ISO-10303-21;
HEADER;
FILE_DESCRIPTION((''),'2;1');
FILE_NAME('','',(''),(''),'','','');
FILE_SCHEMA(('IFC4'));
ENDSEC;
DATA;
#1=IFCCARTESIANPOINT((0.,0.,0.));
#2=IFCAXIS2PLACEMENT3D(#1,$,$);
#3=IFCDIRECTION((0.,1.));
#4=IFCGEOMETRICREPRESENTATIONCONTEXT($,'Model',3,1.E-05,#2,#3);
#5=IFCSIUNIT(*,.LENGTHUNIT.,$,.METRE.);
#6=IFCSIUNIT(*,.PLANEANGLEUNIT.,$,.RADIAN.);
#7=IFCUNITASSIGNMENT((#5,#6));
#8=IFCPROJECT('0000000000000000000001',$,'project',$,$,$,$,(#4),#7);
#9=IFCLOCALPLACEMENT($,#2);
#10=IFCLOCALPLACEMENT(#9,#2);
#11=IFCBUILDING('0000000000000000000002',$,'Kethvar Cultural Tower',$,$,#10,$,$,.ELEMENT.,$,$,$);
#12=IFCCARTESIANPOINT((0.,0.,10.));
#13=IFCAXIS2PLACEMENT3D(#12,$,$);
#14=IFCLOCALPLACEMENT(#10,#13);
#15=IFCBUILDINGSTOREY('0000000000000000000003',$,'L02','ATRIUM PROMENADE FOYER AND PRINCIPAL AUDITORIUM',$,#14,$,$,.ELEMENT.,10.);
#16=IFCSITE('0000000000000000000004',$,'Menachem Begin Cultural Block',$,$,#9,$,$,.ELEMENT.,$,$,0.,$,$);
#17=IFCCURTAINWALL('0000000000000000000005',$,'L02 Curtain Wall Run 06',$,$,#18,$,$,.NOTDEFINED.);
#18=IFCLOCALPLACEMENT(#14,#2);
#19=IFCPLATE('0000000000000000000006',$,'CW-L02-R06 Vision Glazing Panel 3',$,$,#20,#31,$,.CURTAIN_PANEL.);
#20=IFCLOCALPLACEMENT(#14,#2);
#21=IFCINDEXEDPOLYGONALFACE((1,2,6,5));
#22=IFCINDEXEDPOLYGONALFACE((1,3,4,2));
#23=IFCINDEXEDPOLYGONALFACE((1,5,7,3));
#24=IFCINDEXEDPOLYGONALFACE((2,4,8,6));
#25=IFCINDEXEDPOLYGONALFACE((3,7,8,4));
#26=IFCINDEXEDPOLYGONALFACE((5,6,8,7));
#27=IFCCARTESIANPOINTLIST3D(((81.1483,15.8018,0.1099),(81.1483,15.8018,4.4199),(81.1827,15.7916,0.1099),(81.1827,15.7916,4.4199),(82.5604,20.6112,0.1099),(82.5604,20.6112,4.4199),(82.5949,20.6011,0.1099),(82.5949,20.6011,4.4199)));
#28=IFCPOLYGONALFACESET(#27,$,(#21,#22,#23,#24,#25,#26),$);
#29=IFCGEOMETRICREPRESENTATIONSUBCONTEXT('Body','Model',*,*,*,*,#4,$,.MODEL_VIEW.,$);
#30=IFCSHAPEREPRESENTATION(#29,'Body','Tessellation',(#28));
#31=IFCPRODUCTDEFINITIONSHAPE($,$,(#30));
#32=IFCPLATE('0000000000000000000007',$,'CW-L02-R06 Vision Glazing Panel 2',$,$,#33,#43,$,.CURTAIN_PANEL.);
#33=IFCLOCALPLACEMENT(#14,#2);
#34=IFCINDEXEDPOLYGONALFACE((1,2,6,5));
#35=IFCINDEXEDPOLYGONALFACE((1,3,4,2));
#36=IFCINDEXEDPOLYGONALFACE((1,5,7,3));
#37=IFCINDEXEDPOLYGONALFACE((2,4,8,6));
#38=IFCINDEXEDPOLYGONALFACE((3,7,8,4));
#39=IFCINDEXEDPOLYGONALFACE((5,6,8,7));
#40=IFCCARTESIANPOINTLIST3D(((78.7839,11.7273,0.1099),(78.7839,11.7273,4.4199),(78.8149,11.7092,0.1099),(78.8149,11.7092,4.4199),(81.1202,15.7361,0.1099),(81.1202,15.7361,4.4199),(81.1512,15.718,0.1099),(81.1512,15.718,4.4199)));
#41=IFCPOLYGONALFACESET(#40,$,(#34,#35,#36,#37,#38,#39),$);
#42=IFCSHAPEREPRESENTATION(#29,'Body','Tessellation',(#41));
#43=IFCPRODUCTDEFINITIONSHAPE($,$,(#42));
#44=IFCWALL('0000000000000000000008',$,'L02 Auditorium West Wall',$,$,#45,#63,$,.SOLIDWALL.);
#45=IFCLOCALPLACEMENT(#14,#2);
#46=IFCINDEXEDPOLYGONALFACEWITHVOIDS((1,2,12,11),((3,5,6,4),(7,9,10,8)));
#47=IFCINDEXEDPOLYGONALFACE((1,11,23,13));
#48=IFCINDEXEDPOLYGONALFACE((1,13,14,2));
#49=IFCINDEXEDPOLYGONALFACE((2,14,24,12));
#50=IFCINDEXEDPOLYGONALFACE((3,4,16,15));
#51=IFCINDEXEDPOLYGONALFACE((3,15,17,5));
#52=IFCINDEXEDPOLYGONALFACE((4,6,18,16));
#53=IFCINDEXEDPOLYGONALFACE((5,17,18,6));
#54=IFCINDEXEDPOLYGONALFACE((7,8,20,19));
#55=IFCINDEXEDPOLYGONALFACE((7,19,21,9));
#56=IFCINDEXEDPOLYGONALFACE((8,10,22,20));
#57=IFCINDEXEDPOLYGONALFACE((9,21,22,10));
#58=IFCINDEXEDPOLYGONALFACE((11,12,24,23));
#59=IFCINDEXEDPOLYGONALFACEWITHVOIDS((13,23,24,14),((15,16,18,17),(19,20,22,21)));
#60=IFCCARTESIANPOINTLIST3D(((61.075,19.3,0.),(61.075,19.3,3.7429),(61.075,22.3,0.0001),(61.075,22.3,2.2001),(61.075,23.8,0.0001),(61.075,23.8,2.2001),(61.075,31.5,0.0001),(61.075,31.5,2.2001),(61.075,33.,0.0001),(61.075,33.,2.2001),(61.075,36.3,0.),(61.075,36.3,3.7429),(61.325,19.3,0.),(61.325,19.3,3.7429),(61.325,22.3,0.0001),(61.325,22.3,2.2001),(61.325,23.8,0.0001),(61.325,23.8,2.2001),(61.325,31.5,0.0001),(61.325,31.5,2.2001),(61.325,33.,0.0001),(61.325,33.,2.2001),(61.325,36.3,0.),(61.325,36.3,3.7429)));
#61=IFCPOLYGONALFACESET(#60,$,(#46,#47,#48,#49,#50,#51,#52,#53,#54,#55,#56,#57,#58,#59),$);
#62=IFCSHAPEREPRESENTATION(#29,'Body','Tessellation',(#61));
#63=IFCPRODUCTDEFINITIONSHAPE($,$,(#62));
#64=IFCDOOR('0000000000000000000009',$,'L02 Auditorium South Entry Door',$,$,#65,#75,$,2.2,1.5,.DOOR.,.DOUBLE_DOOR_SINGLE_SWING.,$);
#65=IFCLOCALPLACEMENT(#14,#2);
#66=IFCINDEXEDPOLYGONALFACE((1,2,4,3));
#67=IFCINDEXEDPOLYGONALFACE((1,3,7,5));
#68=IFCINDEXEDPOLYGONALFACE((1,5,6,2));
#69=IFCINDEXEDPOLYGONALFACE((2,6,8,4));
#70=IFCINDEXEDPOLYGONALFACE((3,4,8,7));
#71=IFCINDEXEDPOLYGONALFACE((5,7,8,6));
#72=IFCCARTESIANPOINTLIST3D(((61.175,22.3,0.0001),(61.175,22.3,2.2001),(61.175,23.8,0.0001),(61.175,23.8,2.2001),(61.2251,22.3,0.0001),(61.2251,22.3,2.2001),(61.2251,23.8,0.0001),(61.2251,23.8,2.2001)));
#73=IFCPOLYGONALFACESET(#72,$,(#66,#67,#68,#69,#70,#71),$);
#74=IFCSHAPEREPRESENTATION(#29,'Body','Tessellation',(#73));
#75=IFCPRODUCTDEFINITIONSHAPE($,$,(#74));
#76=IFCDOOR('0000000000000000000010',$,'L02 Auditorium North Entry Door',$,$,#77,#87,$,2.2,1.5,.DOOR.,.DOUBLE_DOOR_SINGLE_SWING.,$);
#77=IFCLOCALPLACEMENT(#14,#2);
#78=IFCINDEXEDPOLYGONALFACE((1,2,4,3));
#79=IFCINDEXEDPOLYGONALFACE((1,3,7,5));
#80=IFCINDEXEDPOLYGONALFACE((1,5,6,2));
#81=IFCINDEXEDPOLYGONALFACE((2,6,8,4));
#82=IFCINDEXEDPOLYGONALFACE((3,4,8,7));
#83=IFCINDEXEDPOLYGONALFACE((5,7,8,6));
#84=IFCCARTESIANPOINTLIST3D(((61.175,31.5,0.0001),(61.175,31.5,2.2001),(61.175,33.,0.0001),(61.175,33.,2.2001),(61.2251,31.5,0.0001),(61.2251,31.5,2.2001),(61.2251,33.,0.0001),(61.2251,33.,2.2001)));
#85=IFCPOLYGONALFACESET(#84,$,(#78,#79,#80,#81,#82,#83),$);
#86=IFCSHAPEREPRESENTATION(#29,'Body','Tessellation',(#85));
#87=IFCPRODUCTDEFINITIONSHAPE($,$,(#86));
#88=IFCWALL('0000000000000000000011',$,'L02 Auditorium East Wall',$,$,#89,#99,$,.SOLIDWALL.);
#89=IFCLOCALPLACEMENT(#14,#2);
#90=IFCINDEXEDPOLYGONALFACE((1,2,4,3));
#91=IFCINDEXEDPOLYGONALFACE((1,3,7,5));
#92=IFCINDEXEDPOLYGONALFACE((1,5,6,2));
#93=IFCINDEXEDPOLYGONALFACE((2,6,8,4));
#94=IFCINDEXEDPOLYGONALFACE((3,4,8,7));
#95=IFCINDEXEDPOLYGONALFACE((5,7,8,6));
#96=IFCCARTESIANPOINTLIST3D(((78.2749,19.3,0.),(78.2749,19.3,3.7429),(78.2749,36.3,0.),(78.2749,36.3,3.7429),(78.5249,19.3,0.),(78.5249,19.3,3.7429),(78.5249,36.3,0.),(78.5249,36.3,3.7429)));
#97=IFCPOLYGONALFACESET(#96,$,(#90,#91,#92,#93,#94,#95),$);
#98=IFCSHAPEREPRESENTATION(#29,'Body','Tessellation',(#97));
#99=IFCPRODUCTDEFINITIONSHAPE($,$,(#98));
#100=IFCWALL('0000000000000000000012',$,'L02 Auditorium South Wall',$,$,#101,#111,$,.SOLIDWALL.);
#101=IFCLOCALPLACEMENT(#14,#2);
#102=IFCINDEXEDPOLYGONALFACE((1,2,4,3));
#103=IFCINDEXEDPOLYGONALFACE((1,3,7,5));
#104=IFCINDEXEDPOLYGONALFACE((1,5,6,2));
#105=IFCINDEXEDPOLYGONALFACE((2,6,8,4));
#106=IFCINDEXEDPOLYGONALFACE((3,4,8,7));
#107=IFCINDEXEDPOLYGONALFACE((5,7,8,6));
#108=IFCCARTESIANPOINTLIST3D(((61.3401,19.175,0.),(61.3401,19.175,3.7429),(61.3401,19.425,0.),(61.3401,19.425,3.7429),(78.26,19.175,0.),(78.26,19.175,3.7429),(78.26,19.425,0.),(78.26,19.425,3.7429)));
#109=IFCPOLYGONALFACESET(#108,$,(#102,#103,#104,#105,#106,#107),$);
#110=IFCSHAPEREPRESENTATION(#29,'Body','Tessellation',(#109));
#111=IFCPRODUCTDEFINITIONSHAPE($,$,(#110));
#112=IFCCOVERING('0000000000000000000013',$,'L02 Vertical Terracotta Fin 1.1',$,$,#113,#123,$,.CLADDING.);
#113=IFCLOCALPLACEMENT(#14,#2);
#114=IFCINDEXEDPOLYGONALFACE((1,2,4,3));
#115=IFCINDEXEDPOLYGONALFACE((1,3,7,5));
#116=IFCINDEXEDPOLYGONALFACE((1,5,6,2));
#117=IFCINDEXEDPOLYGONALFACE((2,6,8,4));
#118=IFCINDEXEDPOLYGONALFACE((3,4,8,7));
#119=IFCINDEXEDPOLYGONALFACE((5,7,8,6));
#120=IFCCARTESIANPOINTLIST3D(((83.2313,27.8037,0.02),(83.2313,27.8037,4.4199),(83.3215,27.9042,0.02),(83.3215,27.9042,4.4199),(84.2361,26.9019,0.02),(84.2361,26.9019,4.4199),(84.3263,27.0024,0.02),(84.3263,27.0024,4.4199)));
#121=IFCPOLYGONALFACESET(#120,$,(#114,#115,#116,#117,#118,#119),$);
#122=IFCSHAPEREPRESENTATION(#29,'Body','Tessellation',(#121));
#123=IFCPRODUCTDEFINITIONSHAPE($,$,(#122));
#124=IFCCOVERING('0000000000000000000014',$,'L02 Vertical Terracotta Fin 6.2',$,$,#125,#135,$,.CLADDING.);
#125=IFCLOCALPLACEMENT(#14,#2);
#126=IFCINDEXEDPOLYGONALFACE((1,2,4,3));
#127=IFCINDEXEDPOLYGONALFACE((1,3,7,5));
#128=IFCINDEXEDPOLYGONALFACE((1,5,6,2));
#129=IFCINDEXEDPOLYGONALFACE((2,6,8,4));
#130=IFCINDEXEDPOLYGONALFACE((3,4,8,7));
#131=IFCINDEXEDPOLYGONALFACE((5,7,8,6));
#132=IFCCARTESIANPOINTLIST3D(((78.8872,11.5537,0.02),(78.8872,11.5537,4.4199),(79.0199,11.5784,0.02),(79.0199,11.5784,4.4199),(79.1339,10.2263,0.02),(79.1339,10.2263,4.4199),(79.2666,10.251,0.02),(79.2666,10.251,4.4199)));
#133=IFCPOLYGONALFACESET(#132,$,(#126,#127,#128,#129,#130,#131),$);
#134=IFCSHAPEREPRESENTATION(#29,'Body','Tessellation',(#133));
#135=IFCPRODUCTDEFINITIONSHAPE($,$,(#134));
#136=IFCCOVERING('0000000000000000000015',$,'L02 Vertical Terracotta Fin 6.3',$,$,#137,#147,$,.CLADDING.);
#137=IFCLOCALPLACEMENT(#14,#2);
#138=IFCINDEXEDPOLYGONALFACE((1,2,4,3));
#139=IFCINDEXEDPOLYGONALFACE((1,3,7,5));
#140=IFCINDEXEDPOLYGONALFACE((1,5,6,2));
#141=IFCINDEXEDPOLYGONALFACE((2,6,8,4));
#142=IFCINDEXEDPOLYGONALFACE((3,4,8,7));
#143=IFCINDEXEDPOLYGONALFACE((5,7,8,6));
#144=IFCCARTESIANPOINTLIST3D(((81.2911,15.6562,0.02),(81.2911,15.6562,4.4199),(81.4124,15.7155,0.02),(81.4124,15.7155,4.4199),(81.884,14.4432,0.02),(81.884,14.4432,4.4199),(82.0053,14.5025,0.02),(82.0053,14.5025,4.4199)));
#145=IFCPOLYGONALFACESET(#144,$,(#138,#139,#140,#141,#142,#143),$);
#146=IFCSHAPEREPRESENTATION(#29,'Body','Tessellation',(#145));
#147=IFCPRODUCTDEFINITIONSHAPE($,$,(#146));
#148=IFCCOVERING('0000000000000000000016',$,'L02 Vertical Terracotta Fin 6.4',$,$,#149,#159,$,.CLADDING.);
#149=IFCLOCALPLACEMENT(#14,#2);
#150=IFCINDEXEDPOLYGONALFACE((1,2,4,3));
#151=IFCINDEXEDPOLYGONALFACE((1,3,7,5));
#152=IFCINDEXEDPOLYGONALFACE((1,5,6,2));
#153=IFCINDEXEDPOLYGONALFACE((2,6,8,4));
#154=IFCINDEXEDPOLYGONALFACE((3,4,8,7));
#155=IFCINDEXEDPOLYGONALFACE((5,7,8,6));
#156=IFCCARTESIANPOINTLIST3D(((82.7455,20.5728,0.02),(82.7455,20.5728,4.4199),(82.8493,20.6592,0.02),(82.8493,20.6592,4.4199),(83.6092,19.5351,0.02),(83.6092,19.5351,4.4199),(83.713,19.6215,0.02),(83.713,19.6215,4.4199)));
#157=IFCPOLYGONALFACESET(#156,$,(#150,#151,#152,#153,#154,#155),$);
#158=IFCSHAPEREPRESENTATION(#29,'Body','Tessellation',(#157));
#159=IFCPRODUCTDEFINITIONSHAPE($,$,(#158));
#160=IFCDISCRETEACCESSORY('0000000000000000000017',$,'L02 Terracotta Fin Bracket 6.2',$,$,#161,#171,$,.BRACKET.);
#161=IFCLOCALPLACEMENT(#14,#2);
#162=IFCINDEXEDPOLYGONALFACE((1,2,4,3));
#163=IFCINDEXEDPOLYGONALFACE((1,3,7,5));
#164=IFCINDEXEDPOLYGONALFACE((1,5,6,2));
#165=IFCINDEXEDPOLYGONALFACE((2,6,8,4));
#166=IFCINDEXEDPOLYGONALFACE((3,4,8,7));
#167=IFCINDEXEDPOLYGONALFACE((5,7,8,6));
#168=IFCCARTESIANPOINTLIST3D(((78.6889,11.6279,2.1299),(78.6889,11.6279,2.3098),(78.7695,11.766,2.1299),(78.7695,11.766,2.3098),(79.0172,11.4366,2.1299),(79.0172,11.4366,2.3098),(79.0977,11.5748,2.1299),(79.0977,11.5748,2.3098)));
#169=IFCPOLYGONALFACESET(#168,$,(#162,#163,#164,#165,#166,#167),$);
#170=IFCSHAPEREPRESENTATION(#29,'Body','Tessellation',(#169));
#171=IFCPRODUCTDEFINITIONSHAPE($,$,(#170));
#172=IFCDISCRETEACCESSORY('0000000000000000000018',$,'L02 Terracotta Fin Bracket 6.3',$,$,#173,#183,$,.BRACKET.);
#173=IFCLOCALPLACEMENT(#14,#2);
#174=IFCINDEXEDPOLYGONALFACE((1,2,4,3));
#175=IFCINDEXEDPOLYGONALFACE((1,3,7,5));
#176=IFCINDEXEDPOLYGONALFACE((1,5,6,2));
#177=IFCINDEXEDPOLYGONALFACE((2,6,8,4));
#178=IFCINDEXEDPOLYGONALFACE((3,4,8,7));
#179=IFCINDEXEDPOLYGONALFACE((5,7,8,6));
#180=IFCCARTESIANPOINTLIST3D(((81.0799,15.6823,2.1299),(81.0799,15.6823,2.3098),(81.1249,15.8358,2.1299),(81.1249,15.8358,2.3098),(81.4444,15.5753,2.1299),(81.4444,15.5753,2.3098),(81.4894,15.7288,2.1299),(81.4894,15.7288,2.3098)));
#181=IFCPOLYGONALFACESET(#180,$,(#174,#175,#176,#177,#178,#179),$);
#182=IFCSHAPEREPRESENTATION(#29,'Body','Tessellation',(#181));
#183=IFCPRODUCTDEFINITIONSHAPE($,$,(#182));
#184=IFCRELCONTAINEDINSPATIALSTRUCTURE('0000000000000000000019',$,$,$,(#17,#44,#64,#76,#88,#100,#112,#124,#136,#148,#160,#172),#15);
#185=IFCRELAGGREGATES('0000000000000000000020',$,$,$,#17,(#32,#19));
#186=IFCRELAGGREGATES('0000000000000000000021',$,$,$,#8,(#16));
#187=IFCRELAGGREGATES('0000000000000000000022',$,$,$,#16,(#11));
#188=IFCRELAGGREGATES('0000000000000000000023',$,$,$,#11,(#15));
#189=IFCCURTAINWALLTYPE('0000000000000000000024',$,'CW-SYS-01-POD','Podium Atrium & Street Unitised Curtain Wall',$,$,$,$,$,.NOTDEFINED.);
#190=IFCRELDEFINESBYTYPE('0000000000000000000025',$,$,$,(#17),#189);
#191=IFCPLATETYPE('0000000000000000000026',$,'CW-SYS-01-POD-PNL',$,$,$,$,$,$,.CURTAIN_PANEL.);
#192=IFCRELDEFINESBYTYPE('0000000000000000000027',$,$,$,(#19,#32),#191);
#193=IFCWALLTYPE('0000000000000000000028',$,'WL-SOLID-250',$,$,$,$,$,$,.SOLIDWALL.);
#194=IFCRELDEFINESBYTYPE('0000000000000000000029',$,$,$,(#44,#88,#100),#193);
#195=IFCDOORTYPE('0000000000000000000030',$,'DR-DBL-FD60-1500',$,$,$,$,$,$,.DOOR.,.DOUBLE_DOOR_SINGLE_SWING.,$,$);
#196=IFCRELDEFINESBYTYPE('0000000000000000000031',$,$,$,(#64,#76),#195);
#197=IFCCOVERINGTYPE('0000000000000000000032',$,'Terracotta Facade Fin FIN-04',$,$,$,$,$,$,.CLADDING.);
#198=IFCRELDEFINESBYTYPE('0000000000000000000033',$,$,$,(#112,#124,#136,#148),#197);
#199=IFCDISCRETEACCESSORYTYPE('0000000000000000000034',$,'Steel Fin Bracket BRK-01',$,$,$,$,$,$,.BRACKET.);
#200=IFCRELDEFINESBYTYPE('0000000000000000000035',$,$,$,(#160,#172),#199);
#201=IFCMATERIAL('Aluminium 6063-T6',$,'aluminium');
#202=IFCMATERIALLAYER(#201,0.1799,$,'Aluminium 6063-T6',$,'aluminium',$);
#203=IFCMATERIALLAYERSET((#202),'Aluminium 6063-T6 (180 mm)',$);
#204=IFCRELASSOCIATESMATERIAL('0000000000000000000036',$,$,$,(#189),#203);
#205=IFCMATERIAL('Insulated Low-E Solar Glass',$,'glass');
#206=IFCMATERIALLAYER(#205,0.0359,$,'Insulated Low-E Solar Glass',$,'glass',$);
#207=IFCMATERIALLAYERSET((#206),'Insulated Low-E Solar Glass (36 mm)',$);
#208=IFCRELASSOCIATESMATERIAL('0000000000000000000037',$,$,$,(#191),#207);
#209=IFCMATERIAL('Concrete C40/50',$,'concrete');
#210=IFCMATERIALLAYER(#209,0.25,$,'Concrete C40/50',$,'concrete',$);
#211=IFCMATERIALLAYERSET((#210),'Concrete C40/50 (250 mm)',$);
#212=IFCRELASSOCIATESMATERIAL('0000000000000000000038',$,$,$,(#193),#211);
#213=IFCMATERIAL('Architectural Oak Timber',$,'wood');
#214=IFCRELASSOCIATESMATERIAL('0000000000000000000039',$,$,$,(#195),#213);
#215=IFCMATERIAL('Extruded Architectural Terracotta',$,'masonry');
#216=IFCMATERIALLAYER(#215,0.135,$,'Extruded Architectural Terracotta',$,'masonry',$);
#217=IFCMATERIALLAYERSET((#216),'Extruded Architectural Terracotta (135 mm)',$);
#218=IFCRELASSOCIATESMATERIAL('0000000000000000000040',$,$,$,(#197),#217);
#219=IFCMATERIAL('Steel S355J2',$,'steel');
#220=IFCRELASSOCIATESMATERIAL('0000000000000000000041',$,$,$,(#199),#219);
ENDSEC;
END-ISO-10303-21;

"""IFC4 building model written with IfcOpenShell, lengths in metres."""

from ifc_helpers import new_model, si_unit, direction, frame, frame_2d, origin, origin_2d, place, context, subcontext, project, spatial, rectangle, extrude, source, transform, mapped, material, layer, layer_set, type_object, element, fill, aggregate, save


model = new_model("IFC4")

# Units and contexts
model_context = context("Model", 3, precision=1e-05, world=origin(), true_north=direction((0.0, 1.0)))
body_context = subcontext(model_context, "Body", "Model", "MODEL_VIEW")
ifc_project = project(units=[si_unit("LENGTHUNIT", "METRE"), si_unit("PLANEANGLEUNIT", "RADIAN")], contexts=[model_context])

# Site, building, storey
site_placement = place(None, origin())
site = spatial("IfcSite", under=ifc_project, at=site_placement, Name="Menachem Begin Cultural Block", CompositionType="ELEMENT", RefElevation=0.0)
building_placement = place(site_placement, origin())
building = spatial("IfcBuilding", under=site, at=building_placement, Name="Kethvar Cultural Tower", CompositionType="ELEMENT")
storey_placement = place(building_placement, frame((0.0, 0.0, 10.0)))
storey = spatial("IfcBuildingStorey", under=building, at=storey_placement, Name="L02", Description="ATRIUM PROMENADE FOYER AND PRINCIPAL AUDITORIUM", CompositionType="ELEMENT", Elevation=10.0)

# Shared definitions
ifc_material_1 = material(Name="Steel S355J2", Category="steel")

# Curtain wall, plates
ifc_material_2 = material(Name="Aluminium 6063-T6", Category="aluminium")
ifc_layer_1 = layer(ifc_material_2, 0.1799, Name="Aluminium 6063-T6", Category="aluminium")
ifc_layer_set_1 = layer_set([ifc_layer_1], Name="Aluminium 6063-T6 (180 mm)")
curtain_wall_type = type_object("IfcCurtainWallType", Name="CW-SYS-01-POD", Description="Podium Atrium & Street Unitised Curtain Wall", PredefinedType="NOTDEFINED", material=ifc_layer_set_1)
curtain_wall_placement = place(storey_placement, origin())
curtain_wall = element("IfcCurtainWall", 1, at=curtain_wall_placement, inside=storey, type_object=curtain_wall_type, Name="L02 Curtain Wall Run 06", PredefinedType="NOTDEFINED")
ifc_material_3 = material(Name="Insulated Low-E Solar Glass", Category="glass")
ifc_layer_2 = layer(ifc_material_3, 0.0359, Name="Insulated Low-E Solar Glass", Category="glass")
ifc_layer_set_2 = layer_set([ifc_layer_2], Name="Insulated Low-E Solar Glass (36 mm)")
plate_type = type_object("IfcPlateType", Name="CW-SYS-01-POD-PNL", PredefinedType="CURTAIN_PANEL", material=ifc_layer_set_2)
shared_shape_1 = source(origin(), body_context, "Body", "SweptSolid", [
    extrude(rectangle(XDim=5.0125, YDim=0.0359, at=origin_2d()), origin(), (0.0, 0.0, 1.0), 4.3101),
])
plate_1_placement = place(storey_placement, frame((81.8716, 18.2014, 0.1099), z_axis=(0.0, 0.0, 1.0), x_axis=(0.281722, 0.959496, 0.0)))
plate_1 = element("IfcPlate", 2, at=plate_1_placement, type_object=plate_type, Name="CW-L02-R06 Vision Glazing Panel 3", PredefinedType="CURTAIN_PANEL", context=body_context, shape_type="MappedRepresentation", body=[
    mapped(shared_shape_1, transform((0.0, 0.0, 0.0), scale=1.0)),
])
shared_shape_2 = source(origin(), body_context, "Body", "SweptSolid", [
    extrude(rectangle(XDim=4.6399, YDim=0.0359, at=origin_2d()), origin(), (0.0, 0.0, 1.0), 4.3101),
])
plate_2_placement = place(storey_placement, frame((79.9675, 13.7227, 0.1099), z_axis=(0.0, 0.0, 1.0), x_axis=(0.503518, 0.863985, 0.0)))
plate_2 = element("IfcPlate", 3, at=plate_2_placement, type_object=plate_type, Name="CW-L02-R06 Vision Glazing Panel 2", PredefinedType="CURTAIN_PANEL", context=body_context, shape_type="MappedRepresentation", body=[
    mapped(shared_shape_2, transform((0.0, 0.0, 0.0), scale=1.0)),
])
aggregate(curtain_wall, [plate_2, plate_1])

# Wall, openings, doors
ifc_material_4 = material(Name="Concrete C40/50", Category="concrete")
ifc_layer_3 = layer(ifc_material_4, 0.25, Name="Concrete C40/50", Category="concrete")
ifc_layer_set_3 = layer_set([ifc_layer_3], Name="Concrete C40/50 (250 mm)")
wall_type = type_object("IfcWallType", Name="WL-SOLID-250", PredefinedType="SOLIDWALL", material=ifc_layer_set_3)
wall_1_placement = place(storey_placement, frame((61.2, 19.3, 0.0), z_axis=(0.0, 0.0, 1.0), x_axis=(0.0, 1.0, 0.0)))
wall_1 = element("IfcWall", 4, at=wall_1_placement, inside=storey, type_object=wall_type, Name="L02 Auditorium West Wall", PredefinedType="SOLIDWALL", context=body_context, shape_type="SweptSolid", body=[
    extrude(rectangle(XDim=17.0, YDim=0.25, at=frame_2d((8.5, 0.0))), origin(), (0.0, 0.0, 1.0), 3.7429),
])
opening_1_placement = place(wall_1_placement, frame((3.0, 0.0, 0.0)))
opening_1 = element("IfcOpeningElement", 5, at=opening_1_placement, cuts=wall_1, PredefinedType="OPENING", context=body_context, shape_type="SweptSolid", body=[
    extrude(rectangle(XDim=1.5, YDim=2.2, at=frame_2d((0.75, 1.1001))), frame((0.0, 0.135, 0.0), z_axis=(0.0, -1.0, 0.0), x_axis=(1.0, 0.0, 0.0)), (0.0, 0.0, 1.0), 0.27),
])
opening_2_placement = place(wall_1_placement, frame((12.2, 0.0, 0.0)))
opening_2 = element("IfcOpeningElement", 6, at=opening_2_placement, cuts=wall_1, PredefinedType="OPENING", context=body_context, shape_type="SweptSolid", body=[
    extrude(rectangle(XDim=1.5, YDim=2.2, at=frame_2d((0.75, 1.1001))), frame((0.0, 0.135, 0.0), z_axis=(0.0, -1.0, 0.0), x_axis=(1.0, 0.0, 0.0)), (0.0, 0.0, 1.0), 0.27),
])
ifc_material_5 = material(Name="Architectural Oak Timber", Category="wood")
door_type = type_object("IfcDoorType", Name="DR-DBL-FD60-1500", OperationType="DOUBLE_DOOR_SINGLE_SWING", PredefinedType="DOOR", material=ifc_material_5)
shared_shape_3 = source(origin(), body_context, "Body", "SweptSolid", [
    extrude(rectangle(XDim=1.5, YDim=2.2, at=frame_2d((0.75, 1.1001))), frame((0.0, 0.0249, 0.0), z_axis=(0.0, -1.0, 0.0), x_axis=(1.0, 0.0, 0.0)), (0.0, 0.0, 1.0), 0.05),
])
door_1_placement = place(opening_1_placement, origin())
door_1 = element("IfcDoor", 7, at=door_1_placement, inside=storey, type_object=door_type, Name="L02 Auditorium South Entry Door", OperationType="DOUBLE_DOOR_SINGLE_SWING", OverallHeight=2.2, OverallWidth=1.5, PredefinedType="DOOR", context=body_context, shape_type="MappedRepresentation", body=[
    mapped(shared_shape_3, transform((0.0, 0.0, 0.0), scale=1.0)),
])
fill(opening_1, door_1)
door_2_placement = place(opening_2_placement, origin())
door_2 = element("IfcDoor", 8, at=door_2_placement, inside=storey, type_object=door_type, Name="L02 Auditorium North Entry Door", OperationType="DOUBLE_DOOR_SINGLE_SWING", OverallHeight=2.2, OverallWidth=1.5, PredefinedType="DOOR", context=body_context, shape_type="MappedRepresentation", body=[
    mapped(shared_shape_3, transform((0.0, 0.0, 0.0), scale=1.0)),
])
fill(opening_2, door_2)

# Walls
wall_2_placement = place(storey_placement, frame((78.3999, 19.3, 0.0), z_axis=(0.0, 0.0, 1.0), x_axis=(0.0, 1.0, 0.0)))
element("IfcWall", 9, at=wall_2_placement, inside=storey, type_object=wall_type, Name="L02 Auditorium East Wall", PredefinedType="SOLIDWALL", context=body_context, shape_type="SweptSolid", body=[
    extrude(rectangle(XDim=17.0, YDim=0.25, at=frame_2d((8.5, 0.0))), origin(), (0.0, 0.0, 1.0), 3.7429),
])
wall_3_placement = place(storey_placement, frame((61.3401, 19.3, 0.0), z_axis=(0.0, 0.0, 1.0), x_axis=(1.0, 0.0, 0.0)))
element("IfcWall", 10, at=wall_3_placement, inside=storey, type_object=wall_type, Name="L02 Auditorium South Wall", PredefinedType="SOLIDWALL", context=body_context, shape_type="SweptSolid", body=[
    extrude(rectangle(XDim=16.9199, YDim=0.25, at=frame_2d((8.46, 0.0))), origin(), (0.0, 0.0, 1.0), 3.7429),
])

# Coverings
ifc_material_6 = material(Name="Extruded Architectural Terracotta", Category="masonry")
ifc_layer_4 = layer(ifc_material_6, 0.135, Name="Extruded Architectural Terracotta", Category="masonry")
ifc_layer_set_4 = layer_set([ifc_layer_4], Name="Extruded Architectural Terracotta (135 mm)")
covering_type = type_object("IfcCoveringType", Name="Terracotta Facade Fin FIN-04", PredefinedType="CLADDING", material=ifc_layer_set_4)
shared_shape_4 = source(origin(), body_context, "Body", "SweptSolid", [
    extrude(rectangle(XDim=1.3501, YDim=0.135, at=origin_2d()), origin(), (0.0, 0.0, 1.0), 4.3999),
])
for number, where, z_axis, x_axis, name in (
    (11, (83.7788, 27.4031, 0.02), (0.0, 0.0, 1.0), (0.744195, -0.667962, 0.0), "L02 Vertical Terracotta Fin 1.1"),
    (12, (79.0769, 10.9023, 0.02), (0.0, 0.0, 1.0), (0.18275, -0.983159, 0.0), "L02 Vertical Terracotta Fin 6.2"),
    (13, (81.6482, 15.0793, 0.02), (0.0, 0.0, 1.0), (0.439155, -0.898411, 0.0), "L02 Vertical Terracotta Fin 6.3"),
    (14, (83.2292, 20.0972, 0.02), (0.0, 0.0, 1.0), (0.639707, -0.768619, 0.0), "L02 Vertical Terracotta Fin 6.4"),
):
    element("IfcCovering", number, at=place(storey_placement, frame(where, z_axis=z_axis, x_axis=x_axis)), inside=storey, type_object=covering_type, Name=name, PredefinedType="CLADDING", context=body_context, shape_type="MappedRepresentation", body=[
        mapped(shared_shape_4, transform((0.0, 0.0, 0.0), scale=1.0)),
    ])

# Discrete accessories
discrete_accessory_type = type_object("IfcDiscreteAccessoryType", Name="Steel Fin Bracket BRK-01", PredefinedType="BRACKET", material=ifc_material_1)
shared_shape_5 = source(origin(), body_context, "Body", "SweptSolid", [
    extrude(rectangle(XDim=0.3799, YDim=0.1599, at=origin_2d()), origin(), (0.0, 0.0, 1.0), 0.1799),
])
for number, where, z_axis, x_axis, name in (
    (15, (78.8933, 11.6013, 2.1299), (0.0, 0.0, 1.0), (0.864011, -0.503472, 0.0), "L02 Terracotta Fin Bracket 6.2"),
    (16, (81.2847, 15.7056, 2.1299), (0.0, 0.0, 1.0), (0.959511, -0.281672, 0.0), "L02 Terracotta Fin Bracket 6.3"),
):
    element("IfcDiscreteAccessory", number, at=place(storey_placement, frame(where, z_axis=z_axis, x_axis=x_axis)), inside=storey, type_object=discrete_accessory_type, Name=name, PredefinedType="BRACKET", context=body_context, shape_type="MappedRepresentation", body=[
        mapped(shared_shape_5, transform((0.0, 0.0, 0.0), scale=1.0)),
    ])

save(model, "model.ifc")
